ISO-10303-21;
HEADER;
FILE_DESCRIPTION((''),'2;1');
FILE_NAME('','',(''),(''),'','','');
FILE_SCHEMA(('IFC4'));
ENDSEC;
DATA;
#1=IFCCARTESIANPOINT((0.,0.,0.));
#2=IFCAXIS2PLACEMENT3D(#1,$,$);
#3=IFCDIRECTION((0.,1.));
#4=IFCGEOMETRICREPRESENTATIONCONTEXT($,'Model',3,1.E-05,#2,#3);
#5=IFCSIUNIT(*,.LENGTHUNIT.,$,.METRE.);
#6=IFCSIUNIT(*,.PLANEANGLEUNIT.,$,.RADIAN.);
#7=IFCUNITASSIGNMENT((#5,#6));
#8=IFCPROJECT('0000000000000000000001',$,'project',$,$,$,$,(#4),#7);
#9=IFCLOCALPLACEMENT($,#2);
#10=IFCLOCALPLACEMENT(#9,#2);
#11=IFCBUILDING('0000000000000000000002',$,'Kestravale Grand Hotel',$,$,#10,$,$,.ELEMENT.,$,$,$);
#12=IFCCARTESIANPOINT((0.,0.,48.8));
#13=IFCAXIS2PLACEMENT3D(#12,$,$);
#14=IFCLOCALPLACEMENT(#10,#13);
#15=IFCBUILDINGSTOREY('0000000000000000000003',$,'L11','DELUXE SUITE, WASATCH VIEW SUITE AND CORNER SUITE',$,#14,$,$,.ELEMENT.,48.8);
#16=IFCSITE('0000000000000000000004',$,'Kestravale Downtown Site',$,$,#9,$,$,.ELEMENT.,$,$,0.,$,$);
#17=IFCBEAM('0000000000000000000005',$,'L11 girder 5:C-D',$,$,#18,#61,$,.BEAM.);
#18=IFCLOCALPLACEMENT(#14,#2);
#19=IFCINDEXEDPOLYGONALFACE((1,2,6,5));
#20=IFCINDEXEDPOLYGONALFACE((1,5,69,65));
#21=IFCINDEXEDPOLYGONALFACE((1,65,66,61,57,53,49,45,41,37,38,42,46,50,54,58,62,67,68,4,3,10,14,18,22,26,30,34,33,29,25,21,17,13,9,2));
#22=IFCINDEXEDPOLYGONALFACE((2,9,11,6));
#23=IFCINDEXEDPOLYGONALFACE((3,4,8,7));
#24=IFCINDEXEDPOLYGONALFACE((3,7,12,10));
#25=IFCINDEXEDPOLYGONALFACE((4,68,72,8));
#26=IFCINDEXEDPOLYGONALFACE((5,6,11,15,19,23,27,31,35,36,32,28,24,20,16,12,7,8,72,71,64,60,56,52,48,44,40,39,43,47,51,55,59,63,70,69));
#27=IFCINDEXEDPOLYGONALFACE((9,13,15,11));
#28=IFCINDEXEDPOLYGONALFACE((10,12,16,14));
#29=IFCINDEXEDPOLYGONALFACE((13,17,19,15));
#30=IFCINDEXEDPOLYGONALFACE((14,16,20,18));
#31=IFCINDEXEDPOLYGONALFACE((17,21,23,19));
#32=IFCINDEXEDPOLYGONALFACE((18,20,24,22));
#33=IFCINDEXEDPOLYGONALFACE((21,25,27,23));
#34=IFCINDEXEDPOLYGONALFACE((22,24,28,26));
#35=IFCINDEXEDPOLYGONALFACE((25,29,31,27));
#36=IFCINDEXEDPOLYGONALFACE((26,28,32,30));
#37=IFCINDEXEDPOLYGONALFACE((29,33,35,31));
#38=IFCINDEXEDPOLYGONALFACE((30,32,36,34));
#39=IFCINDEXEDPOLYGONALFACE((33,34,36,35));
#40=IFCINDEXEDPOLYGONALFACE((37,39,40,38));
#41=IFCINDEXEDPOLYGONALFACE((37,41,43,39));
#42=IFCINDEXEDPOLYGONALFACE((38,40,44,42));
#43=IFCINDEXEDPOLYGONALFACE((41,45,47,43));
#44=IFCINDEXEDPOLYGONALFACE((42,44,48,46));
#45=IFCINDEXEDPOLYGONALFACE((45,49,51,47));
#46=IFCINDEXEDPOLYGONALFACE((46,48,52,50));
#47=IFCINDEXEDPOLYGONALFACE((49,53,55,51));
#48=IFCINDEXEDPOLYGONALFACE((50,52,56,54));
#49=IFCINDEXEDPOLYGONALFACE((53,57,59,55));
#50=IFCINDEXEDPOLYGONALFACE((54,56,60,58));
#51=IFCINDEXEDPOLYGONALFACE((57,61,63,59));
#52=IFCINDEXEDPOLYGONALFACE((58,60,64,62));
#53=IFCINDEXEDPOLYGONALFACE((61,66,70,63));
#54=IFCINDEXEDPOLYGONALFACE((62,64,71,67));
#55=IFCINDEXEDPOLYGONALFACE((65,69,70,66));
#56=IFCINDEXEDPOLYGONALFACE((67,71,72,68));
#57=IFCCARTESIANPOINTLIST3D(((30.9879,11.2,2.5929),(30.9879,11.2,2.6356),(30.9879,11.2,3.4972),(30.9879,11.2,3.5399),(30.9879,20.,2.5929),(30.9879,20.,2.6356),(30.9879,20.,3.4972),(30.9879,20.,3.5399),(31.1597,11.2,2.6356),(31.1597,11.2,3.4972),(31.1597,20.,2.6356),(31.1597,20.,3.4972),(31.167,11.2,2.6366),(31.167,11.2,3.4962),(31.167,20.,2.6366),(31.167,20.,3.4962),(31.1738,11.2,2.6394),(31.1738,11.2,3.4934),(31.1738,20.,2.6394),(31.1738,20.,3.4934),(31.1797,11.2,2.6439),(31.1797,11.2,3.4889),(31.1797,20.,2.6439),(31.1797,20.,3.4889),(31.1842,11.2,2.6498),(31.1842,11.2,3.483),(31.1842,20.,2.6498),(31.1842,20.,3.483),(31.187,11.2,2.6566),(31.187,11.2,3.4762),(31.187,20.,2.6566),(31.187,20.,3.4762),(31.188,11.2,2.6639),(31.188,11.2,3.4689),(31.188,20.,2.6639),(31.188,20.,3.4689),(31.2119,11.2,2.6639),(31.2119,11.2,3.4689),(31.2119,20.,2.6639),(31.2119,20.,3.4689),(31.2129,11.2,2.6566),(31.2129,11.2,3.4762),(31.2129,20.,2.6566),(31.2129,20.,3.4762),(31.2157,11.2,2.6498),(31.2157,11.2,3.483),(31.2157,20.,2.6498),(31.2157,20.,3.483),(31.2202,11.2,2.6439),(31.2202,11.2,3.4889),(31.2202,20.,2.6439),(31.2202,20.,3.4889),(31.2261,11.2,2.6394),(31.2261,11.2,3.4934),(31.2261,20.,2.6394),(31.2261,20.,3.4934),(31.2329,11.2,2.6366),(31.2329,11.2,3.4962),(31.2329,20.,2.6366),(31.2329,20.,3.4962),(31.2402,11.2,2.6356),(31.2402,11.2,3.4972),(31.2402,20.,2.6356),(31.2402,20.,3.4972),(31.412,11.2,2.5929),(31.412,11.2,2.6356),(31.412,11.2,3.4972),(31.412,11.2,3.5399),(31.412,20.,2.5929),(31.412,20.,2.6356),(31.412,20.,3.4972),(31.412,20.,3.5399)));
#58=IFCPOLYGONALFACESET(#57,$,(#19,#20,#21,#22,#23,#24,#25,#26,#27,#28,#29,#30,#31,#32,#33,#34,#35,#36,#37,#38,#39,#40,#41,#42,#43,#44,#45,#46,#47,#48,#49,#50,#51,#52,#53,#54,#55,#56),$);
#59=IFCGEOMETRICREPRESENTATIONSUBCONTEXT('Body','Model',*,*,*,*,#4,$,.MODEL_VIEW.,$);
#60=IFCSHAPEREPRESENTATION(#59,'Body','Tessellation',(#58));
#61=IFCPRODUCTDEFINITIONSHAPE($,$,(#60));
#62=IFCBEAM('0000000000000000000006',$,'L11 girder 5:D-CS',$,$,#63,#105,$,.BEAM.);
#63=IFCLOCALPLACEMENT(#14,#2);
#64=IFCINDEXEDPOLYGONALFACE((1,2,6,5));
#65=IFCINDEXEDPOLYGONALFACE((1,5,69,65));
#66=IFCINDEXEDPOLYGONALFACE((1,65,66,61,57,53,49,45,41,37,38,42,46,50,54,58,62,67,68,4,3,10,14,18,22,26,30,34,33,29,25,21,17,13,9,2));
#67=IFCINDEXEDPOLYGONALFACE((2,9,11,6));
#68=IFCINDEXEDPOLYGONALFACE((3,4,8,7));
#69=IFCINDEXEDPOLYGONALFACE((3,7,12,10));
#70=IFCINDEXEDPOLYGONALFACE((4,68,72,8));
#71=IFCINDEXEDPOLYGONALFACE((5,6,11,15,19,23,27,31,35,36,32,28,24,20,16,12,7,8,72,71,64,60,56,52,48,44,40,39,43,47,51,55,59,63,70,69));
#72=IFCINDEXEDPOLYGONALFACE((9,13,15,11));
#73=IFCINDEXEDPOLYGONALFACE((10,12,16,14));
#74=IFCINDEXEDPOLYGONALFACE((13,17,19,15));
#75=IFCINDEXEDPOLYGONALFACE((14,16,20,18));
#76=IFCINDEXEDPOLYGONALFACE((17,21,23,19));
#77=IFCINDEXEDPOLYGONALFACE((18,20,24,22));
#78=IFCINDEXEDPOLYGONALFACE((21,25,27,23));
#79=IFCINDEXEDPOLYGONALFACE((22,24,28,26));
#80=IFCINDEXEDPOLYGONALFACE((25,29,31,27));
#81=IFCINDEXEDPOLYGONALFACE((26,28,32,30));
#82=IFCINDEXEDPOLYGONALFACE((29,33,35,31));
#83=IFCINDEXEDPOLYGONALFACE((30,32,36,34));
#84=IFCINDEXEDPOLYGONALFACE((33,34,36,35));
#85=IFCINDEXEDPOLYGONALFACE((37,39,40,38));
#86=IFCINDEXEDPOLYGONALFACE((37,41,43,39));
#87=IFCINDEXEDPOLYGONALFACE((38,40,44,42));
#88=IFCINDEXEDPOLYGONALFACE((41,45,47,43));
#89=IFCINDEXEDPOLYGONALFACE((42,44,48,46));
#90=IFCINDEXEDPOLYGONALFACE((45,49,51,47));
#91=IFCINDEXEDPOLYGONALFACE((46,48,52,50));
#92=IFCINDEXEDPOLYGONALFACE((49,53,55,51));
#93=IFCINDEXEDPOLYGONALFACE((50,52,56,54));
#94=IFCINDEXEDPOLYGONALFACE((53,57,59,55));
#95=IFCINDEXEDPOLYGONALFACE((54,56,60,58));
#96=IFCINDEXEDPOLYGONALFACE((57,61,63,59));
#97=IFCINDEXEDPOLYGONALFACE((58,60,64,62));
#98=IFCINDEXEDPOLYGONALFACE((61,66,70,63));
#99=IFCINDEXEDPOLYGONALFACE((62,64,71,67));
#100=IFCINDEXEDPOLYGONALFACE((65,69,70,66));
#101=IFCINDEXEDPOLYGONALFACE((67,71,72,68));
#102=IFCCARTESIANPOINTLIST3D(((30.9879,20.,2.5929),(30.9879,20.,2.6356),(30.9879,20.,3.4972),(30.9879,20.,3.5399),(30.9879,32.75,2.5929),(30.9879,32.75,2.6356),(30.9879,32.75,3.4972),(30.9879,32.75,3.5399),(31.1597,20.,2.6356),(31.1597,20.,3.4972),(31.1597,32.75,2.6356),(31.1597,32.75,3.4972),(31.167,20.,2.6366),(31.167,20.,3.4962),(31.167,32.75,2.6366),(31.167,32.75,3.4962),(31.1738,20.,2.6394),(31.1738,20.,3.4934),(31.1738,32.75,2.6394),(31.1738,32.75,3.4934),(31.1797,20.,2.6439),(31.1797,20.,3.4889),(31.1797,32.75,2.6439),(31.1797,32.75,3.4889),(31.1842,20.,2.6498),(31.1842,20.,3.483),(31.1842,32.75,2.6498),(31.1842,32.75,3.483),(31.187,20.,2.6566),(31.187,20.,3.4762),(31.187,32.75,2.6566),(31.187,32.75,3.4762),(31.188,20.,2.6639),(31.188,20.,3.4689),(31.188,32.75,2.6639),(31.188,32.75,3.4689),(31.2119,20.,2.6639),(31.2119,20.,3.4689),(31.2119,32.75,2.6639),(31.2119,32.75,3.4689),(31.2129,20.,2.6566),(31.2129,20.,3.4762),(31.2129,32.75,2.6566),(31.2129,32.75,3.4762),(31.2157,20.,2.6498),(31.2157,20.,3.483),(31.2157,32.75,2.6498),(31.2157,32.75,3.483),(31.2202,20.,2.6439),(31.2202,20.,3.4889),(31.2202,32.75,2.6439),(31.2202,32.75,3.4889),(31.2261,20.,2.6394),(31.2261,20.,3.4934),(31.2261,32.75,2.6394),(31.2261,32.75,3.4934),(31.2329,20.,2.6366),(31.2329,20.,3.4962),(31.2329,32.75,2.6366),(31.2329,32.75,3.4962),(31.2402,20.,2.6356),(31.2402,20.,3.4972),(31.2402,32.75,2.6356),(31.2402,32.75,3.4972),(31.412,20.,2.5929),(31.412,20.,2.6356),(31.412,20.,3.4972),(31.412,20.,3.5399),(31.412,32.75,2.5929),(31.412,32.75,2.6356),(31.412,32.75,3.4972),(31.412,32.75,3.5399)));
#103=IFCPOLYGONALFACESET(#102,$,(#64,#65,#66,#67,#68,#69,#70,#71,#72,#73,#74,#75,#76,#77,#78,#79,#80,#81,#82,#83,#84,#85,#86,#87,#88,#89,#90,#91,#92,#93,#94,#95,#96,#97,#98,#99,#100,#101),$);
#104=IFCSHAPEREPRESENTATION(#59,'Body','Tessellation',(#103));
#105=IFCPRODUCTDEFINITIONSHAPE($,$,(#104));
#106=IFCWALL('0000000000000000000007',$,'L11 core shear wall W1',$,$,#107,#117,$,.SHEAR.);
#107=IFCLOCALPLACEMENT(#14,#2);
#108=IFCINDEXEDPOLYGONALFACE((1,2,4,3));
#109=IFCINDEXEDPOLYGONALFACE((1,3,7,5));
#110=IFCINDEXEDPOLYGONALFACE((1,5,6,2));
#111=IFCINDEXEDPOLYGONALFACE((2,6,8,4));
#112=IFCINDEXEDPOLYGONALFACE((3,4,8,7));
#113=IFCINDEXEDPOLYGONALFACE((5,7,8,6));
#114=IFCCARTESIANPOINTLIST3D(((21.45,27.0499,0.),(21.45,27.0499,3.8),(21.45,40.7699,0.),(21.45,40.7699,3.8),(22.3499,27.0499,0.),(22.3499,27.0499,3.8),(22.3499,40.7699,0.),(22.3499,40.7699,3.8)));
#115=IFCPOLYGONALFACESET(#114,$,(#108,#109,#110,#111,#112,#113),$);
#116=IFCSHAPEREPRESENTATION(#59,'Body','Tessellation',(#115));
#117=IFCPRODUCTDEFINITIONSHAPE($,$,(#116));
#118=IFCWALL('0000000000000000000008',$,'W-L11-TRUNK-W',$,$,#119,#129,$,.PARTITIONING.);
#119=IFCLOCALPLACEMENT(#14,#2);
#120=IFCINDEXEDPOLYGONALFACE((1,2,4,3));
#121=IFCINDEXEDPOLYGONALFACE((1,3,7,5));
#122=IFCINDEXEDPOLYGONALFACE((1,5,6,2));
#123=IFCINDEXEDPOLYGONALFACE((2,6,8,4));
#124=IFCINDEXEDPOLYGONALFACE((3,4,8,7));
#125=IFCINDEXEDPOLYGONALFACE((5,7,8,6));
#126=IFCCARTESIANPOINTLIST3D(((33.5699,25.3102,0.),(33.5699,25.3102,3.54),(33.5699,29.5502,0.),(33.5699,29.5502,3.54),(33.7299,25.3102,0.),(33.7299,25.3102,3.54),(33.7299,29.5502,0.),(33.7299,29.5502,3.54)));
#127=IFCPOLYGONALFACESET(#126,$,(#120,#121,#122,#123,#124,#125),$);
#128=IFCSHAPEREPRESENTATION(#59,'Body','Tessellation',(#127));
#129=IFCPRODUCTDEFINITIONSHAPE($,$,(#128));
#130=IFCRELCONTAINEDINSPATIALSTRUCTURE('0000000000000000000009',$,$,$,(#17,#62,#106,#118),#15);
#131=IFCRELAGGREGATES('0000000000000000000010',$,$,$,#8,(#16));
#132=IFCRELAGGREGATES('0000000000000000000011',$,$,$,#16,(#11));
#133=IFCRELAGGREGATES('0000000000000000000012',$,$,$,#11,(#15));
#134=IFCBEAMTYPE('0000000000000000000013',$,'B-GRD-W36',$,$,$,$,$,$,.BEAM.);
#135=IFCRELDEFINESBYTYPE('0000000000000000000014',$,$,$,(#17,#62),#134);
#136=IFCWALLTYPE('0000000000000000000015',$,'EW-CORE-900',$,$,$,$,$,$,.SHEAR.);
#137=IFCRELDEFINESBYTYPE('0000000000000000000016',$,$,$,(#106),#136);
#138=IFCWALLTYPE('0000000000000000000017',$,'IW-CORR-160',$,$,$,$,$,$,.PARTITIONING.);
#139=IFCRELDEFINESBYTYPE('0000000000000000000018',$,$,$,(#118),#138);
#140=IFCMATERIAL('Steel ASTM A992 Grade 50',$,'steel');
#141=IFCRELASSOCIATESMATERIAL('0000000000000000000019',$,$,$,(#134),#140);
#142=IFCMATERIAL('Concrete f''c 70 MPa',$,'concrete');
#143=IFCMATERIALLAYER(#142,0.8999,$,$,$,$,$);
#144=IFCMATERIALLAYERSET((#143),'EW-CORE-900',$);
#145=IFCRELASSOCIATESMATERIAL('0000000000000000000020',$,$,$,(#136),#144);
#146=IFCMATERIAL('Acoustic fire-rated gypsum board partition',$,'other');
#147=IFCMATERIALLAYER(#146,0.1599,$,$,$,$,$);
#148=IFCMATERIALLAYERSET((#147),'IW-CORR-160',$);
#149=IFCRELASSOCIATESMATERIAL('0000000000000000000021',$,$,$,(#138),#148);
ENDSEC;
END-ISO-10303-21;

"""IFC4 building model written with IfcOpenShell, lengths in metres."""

from ifc_helpers import new_model, si_unit, direction, frame, frame_2d, origin, origin_2d, place, context, subcontext, project, spatial, rectangle, i_section, extrude, material, layer, layer_set, material_profile, profile_set, type_object, element, save


model = new_model("IFC4")

# Units and contexts
model_context = context("Model", 3, precision=1e-05, world=origin(), true_north=direction((0.0, 1.0)))
body_context = subcontext(model_context, "Body", "Model", "MODEL_VIEW")
ifc_project = project(units=[si_unit("LENGTHUNIT", "METRE"), si_unit("PLANEANGLEUNIT", "RADIAN")], contexts=[model_context])

# Site, building, storey
site_placement = place(None, origin())
site = spatial("IfcSite", under=ifc_project, at=site_placement, Name="Kestravale Downtown Site", CompositionType="ELEMENT", RefElevation=0.0)
building_placement = place(site_placement, origin())
building = spatial("IfcBuilding", under=site, at=building_placement, Name="Kestravale Grand Hotel", CompositionType="ELEMENT")
storey_placement = place(building_placement, frame((0.0, 0.0, 48.8)))
storey = spatial("IfcBuildingStorey", under=building, at=storey_placement, Name="L11", Description="DELUXE SUITE, WASATCH VIEW SUITE AND CORNER SUITE", CompositionType="ELEMENT", Elevation=48.8)

# Beams
ifc_material_1 = material(Name="Steel ASTM A992 Grade 50", Category="steel")
ifc_material_profile_1 = material_profile(ifc_material_1, i_section(OverallWidth=0.4241, OverallDepth=0.947, WebThickness=0.0239, FlangeThickness=0.0427, FilletRadius=0.0283, at=origin_2d()))
ifc_profile_set_1 = profile_set([ifc_material_profile_1], Name="Steel ASTM A992 Grade 50")
beam_type_1 = type_object("IfcBeamType", Name="B-GRD-W36", PredefinedType="BEAM", material=ifc_profile_set_1)
beam_1_placement = place(storey_placement, frame((31.2, 11.2, 3.0664), z_axis=(0.0, 1.0, 0.0), x_axis=(-1.0, 0.0, 0.0)))
element("IfcBeam", 1, at=beam_1_placement, inside=storey, type_object=beam_type_1, Name="L11 girder 5:C-D", PredefinedType="BEAM", context=body_context, shape_type="SweptSolid", body=[
    extrude(i_section(OverallWidth=0.4241, OverallDepth=0.947, WebThickness=0.0239, FlangeThickness=0.0427, FilletRadius=0.0283, at=origin_2d()), origin(), (0.0, 0.0, 1.0), 8.8),
])
beam_2_placement = place(storey_placement, frame((31.2, 20.0, 3.0664), z_axis=(0.0, 1.0, 0.0), x_axis=(-1.0, 0.0, 0.0)))
element("IfcBeam", 2, at=beam_2_placement, inside=storey, type_object=beam_type_1, Name="L11 girder 5:D-CS", PredefinedType="BEAM", context=body_context, shape_type="SweptSolid", body=[
    extrude(i_section(OverallWidth=0.4241, OverallDepth=0.947, WebThickness=0.0239, FlangeThickness=0.0427, FilletRadius=0.0283, at=origin_2d()), origin(), (0.0, 0.0, 1.0), 12.75),
])

# Walls
ifc_material_2 = material(Name="Concrete f'c 70 MPa", Category="concrete")
ifc_layer_1 = layer(ifc_material_2, 0.8999)
ifc_layer_set_1 = layer_set([ifc_layer_1], Name="EW-CORE-900")
wall_type_1 = type_object("IfcWallType", Name="EW-CORE-900", PredefinedType="SHEAR", material=ifc_layer_set_1)
wall_1_placement = place(storey_placement, frame((21.8999, 27.05, 0.0), z_axis=(0.0, 0.0, 1.0), x_axis=(0.0, 1.0, 0.0)))
element("IfcWall", 3, at=wall_1_placement, inside=storey, type_object=wall_type_1, Name="L11 core shear wall W1", PredefinedType="SHEAR", context=body_context, shape_type="SweptSolid", body=[
    extrude(rectangle(XDim=13.72, YDim=0.8999, at=frame_2d((6.8599, 0.0))), origin(), (0.0, 0.0, 1.0), 3.8),
])
ifc_material_3 = material(Name="Acoustic fire-rated gypsum board partition", Category="other")
ifc_layer_2 = layer(ifc_material_3, 0.1599)
ifc_layer_set_2 = layer_set([ifc_layer_2], Name="IW-CORR-160")
wall_type_2 = type_object("IfcWallType", Name="IW-CORR-160", PredefinedType="PARTITIONING", material=ifc_layer_set_2)
wall_2_placement = place(storey_placement, frame((33.6499, 25.3101, 0.0), z_axis=(0.0, 0.0, 1.0), x_axis=(0.0, 1.0, 0.0)))
element("IfcWall", 4, at=wall_2_placement, inside=storey, type_object=wall_type_2, Name="W-L11-TRUNK-W", PredefinedType="PARTITIONING", context=body_context, shape_type="SweptSolid", body=[
    extrude(rectangle(XDim=4.24, YDim=0.1599, at=frame_2d((2.1201, 0.0))), origin(), (0.0, 0.0, 1.0), 3.54),
])

save(model, "model.ifc")
